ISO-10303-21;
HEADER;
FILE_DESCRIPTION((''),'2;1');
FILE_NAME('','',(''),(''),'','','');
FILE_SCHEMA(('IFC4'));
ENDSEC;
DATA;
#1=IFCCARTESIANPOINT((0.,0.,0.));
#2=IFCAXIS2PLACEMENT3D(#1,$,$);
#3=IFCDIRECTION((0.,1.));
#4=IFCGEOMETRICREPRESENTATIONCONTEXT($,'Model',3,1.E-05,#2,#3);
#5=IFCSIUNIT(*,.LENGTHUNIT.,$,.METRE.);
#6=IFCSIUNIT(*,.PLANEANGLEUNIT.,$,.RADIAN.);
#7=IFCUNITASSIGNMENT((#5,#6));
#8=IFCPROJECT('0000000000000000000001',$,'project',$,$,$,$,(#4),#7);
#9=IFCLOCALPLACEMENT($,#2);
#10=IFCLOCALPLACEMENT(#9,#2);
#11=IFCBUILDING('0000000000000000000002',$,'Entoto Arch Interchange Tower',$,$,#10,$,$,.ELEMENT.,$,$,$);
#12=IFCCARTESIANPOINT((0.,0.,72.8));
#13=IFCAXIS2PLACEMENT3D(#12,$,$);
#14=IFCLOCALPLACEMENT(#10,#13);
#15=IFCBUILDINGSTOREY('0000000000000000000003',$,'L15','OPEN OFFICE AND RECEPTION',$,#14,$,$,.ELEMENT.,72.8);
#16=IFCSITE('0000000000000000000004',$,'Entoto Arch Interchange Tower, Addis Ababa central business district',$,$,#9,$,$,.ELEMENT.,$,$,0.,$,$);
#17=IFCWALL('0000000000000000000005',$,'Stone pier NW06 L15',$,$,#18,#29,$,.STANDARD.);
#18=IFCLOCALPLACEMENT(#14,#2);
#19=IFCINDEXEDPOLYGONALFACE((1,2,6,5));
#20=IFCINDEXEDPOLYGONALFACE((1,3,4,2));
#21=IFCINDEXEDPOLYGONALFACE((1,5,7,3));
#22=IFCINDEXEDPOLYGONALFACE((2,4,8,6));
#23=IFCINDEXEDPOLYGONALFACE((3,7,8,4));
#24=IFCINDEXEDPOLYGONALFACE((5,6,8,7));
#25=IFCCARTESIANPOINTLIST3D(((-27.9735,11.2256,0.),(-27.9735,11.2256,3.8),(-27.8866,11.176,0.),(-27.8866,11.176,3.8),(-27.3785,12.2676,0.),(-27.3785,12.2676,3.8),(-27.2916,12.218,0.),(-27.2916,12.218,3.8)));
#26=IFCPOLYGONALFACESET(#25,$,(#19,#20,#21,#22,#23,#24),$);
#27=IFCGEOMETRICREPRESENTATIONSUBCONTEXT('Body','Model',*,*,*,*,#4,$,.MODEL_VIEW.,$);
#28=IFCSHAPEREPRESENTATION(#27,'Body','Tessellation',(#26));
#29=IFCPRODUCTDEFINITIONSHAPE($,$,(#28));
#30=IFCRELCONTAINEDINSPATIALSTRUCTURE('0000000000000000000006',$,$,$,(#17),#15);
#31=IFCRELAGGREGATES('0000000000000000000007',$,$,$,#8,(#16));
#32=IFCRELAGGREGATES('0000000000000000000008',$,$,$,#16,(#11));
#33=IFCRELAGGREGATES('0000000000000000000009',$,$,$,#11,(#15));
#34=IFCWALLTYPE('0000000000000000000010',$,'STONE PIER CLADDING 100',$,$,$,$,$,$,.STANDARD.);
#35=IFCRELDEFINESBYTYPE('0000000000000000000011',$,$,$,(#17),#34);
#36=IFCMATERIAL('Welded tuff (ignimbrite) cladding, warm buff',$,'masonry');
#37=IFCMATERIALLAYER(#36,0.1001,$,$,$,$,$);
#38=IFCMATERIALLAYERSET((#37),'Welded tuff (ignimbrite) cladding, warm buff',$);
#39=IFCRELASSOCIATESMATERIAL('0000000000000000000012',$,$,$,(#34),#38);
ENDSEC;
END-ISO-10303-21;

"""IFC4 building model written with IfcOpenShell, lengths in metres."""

from ifc_helpers import new_model, si_unit, direction, frame, frame_2d, origin, place, context, subcontext, project, spatial, rectangle, extrude, material, layer, layer_set, type_object, element, save


model = new_model("IFC4")

# Units and contexts
model_context = context("Model", 3, precision=1e-05, world=origin(), true_north=direction((0.0, 1.0)))
body_context = subcontext(model_context, "Body", "Model", "MODEL_VIEW")
ifc_project = project(units=[si_unit("LENGTHUNIT", "METRE"), si_unit("PLANEANGLEUNIT", "RADIAN")], contexts=[model_context])

# Site, building, storey
site_placement = place(None, origin())
site = spatial("IfcSite", under=ifc_project, at=site_placement, Name="Entoto Arch Interchange Tower, Addis Ababa central business district", CompositionType="ELEMENT", RefElevation=0.0)
building_placement = place(site_placement, origin())
building = spatial("IfcBuilding", under=site, at=building_placement, Name="Entoto Arch Interchange Tower", CompositionType="ELEMENT")
storey_placement = place(building_placement, frame((0.0, 0.0, 72.8)))
storey = spatial("IfcBuildingStorey", under=building, at=storey_placement, Name="L15", Description="OPEN OFFICE AND RECEPTION", CompositionType="ELEMENT", Elevation=72.8)

# Shared definitions
ifc_material_1 = material(Name="Welded tuff (ignimbrite) cladding, warm buff", Category="masonry")

# Wall
ifc_layer_1 = layer(ifc_material_1, 0.1001)
ifc_layer_set_1 = layer_set([ifc_layer_1], Name="Welded tuff (ignimbrite) cladding, warm buff")
wall_type_1 = type_object("IfcWallType", Name="STONE PIER CLADDING 100", PredefinedType="STANDARD", material=ifc_layer_set_1)
wall_1_placement = place(storey_placement, frame((-27.335, 12.2429, 0.0), z_axis=(0.0, 0.0, 1.0), x_axis=(-0.495854, -0.868406, 0.0)))
element("IfcWall", 1, at=wall_1_placement, inside=storey, type_object=wall_type_1, Name="Stone pier NW06 L15", PredefinedType="STANDARD", context=body_context, shape_type="SweptSolid", body=[
    extrude(rectangle(XDim=1.2, YDim=0.1001, at=frame_2d((0.6001, 0.0))), origin(), (0.0, 0.0, 1.0), 3.8),
])

save(model, "model.ifc")
